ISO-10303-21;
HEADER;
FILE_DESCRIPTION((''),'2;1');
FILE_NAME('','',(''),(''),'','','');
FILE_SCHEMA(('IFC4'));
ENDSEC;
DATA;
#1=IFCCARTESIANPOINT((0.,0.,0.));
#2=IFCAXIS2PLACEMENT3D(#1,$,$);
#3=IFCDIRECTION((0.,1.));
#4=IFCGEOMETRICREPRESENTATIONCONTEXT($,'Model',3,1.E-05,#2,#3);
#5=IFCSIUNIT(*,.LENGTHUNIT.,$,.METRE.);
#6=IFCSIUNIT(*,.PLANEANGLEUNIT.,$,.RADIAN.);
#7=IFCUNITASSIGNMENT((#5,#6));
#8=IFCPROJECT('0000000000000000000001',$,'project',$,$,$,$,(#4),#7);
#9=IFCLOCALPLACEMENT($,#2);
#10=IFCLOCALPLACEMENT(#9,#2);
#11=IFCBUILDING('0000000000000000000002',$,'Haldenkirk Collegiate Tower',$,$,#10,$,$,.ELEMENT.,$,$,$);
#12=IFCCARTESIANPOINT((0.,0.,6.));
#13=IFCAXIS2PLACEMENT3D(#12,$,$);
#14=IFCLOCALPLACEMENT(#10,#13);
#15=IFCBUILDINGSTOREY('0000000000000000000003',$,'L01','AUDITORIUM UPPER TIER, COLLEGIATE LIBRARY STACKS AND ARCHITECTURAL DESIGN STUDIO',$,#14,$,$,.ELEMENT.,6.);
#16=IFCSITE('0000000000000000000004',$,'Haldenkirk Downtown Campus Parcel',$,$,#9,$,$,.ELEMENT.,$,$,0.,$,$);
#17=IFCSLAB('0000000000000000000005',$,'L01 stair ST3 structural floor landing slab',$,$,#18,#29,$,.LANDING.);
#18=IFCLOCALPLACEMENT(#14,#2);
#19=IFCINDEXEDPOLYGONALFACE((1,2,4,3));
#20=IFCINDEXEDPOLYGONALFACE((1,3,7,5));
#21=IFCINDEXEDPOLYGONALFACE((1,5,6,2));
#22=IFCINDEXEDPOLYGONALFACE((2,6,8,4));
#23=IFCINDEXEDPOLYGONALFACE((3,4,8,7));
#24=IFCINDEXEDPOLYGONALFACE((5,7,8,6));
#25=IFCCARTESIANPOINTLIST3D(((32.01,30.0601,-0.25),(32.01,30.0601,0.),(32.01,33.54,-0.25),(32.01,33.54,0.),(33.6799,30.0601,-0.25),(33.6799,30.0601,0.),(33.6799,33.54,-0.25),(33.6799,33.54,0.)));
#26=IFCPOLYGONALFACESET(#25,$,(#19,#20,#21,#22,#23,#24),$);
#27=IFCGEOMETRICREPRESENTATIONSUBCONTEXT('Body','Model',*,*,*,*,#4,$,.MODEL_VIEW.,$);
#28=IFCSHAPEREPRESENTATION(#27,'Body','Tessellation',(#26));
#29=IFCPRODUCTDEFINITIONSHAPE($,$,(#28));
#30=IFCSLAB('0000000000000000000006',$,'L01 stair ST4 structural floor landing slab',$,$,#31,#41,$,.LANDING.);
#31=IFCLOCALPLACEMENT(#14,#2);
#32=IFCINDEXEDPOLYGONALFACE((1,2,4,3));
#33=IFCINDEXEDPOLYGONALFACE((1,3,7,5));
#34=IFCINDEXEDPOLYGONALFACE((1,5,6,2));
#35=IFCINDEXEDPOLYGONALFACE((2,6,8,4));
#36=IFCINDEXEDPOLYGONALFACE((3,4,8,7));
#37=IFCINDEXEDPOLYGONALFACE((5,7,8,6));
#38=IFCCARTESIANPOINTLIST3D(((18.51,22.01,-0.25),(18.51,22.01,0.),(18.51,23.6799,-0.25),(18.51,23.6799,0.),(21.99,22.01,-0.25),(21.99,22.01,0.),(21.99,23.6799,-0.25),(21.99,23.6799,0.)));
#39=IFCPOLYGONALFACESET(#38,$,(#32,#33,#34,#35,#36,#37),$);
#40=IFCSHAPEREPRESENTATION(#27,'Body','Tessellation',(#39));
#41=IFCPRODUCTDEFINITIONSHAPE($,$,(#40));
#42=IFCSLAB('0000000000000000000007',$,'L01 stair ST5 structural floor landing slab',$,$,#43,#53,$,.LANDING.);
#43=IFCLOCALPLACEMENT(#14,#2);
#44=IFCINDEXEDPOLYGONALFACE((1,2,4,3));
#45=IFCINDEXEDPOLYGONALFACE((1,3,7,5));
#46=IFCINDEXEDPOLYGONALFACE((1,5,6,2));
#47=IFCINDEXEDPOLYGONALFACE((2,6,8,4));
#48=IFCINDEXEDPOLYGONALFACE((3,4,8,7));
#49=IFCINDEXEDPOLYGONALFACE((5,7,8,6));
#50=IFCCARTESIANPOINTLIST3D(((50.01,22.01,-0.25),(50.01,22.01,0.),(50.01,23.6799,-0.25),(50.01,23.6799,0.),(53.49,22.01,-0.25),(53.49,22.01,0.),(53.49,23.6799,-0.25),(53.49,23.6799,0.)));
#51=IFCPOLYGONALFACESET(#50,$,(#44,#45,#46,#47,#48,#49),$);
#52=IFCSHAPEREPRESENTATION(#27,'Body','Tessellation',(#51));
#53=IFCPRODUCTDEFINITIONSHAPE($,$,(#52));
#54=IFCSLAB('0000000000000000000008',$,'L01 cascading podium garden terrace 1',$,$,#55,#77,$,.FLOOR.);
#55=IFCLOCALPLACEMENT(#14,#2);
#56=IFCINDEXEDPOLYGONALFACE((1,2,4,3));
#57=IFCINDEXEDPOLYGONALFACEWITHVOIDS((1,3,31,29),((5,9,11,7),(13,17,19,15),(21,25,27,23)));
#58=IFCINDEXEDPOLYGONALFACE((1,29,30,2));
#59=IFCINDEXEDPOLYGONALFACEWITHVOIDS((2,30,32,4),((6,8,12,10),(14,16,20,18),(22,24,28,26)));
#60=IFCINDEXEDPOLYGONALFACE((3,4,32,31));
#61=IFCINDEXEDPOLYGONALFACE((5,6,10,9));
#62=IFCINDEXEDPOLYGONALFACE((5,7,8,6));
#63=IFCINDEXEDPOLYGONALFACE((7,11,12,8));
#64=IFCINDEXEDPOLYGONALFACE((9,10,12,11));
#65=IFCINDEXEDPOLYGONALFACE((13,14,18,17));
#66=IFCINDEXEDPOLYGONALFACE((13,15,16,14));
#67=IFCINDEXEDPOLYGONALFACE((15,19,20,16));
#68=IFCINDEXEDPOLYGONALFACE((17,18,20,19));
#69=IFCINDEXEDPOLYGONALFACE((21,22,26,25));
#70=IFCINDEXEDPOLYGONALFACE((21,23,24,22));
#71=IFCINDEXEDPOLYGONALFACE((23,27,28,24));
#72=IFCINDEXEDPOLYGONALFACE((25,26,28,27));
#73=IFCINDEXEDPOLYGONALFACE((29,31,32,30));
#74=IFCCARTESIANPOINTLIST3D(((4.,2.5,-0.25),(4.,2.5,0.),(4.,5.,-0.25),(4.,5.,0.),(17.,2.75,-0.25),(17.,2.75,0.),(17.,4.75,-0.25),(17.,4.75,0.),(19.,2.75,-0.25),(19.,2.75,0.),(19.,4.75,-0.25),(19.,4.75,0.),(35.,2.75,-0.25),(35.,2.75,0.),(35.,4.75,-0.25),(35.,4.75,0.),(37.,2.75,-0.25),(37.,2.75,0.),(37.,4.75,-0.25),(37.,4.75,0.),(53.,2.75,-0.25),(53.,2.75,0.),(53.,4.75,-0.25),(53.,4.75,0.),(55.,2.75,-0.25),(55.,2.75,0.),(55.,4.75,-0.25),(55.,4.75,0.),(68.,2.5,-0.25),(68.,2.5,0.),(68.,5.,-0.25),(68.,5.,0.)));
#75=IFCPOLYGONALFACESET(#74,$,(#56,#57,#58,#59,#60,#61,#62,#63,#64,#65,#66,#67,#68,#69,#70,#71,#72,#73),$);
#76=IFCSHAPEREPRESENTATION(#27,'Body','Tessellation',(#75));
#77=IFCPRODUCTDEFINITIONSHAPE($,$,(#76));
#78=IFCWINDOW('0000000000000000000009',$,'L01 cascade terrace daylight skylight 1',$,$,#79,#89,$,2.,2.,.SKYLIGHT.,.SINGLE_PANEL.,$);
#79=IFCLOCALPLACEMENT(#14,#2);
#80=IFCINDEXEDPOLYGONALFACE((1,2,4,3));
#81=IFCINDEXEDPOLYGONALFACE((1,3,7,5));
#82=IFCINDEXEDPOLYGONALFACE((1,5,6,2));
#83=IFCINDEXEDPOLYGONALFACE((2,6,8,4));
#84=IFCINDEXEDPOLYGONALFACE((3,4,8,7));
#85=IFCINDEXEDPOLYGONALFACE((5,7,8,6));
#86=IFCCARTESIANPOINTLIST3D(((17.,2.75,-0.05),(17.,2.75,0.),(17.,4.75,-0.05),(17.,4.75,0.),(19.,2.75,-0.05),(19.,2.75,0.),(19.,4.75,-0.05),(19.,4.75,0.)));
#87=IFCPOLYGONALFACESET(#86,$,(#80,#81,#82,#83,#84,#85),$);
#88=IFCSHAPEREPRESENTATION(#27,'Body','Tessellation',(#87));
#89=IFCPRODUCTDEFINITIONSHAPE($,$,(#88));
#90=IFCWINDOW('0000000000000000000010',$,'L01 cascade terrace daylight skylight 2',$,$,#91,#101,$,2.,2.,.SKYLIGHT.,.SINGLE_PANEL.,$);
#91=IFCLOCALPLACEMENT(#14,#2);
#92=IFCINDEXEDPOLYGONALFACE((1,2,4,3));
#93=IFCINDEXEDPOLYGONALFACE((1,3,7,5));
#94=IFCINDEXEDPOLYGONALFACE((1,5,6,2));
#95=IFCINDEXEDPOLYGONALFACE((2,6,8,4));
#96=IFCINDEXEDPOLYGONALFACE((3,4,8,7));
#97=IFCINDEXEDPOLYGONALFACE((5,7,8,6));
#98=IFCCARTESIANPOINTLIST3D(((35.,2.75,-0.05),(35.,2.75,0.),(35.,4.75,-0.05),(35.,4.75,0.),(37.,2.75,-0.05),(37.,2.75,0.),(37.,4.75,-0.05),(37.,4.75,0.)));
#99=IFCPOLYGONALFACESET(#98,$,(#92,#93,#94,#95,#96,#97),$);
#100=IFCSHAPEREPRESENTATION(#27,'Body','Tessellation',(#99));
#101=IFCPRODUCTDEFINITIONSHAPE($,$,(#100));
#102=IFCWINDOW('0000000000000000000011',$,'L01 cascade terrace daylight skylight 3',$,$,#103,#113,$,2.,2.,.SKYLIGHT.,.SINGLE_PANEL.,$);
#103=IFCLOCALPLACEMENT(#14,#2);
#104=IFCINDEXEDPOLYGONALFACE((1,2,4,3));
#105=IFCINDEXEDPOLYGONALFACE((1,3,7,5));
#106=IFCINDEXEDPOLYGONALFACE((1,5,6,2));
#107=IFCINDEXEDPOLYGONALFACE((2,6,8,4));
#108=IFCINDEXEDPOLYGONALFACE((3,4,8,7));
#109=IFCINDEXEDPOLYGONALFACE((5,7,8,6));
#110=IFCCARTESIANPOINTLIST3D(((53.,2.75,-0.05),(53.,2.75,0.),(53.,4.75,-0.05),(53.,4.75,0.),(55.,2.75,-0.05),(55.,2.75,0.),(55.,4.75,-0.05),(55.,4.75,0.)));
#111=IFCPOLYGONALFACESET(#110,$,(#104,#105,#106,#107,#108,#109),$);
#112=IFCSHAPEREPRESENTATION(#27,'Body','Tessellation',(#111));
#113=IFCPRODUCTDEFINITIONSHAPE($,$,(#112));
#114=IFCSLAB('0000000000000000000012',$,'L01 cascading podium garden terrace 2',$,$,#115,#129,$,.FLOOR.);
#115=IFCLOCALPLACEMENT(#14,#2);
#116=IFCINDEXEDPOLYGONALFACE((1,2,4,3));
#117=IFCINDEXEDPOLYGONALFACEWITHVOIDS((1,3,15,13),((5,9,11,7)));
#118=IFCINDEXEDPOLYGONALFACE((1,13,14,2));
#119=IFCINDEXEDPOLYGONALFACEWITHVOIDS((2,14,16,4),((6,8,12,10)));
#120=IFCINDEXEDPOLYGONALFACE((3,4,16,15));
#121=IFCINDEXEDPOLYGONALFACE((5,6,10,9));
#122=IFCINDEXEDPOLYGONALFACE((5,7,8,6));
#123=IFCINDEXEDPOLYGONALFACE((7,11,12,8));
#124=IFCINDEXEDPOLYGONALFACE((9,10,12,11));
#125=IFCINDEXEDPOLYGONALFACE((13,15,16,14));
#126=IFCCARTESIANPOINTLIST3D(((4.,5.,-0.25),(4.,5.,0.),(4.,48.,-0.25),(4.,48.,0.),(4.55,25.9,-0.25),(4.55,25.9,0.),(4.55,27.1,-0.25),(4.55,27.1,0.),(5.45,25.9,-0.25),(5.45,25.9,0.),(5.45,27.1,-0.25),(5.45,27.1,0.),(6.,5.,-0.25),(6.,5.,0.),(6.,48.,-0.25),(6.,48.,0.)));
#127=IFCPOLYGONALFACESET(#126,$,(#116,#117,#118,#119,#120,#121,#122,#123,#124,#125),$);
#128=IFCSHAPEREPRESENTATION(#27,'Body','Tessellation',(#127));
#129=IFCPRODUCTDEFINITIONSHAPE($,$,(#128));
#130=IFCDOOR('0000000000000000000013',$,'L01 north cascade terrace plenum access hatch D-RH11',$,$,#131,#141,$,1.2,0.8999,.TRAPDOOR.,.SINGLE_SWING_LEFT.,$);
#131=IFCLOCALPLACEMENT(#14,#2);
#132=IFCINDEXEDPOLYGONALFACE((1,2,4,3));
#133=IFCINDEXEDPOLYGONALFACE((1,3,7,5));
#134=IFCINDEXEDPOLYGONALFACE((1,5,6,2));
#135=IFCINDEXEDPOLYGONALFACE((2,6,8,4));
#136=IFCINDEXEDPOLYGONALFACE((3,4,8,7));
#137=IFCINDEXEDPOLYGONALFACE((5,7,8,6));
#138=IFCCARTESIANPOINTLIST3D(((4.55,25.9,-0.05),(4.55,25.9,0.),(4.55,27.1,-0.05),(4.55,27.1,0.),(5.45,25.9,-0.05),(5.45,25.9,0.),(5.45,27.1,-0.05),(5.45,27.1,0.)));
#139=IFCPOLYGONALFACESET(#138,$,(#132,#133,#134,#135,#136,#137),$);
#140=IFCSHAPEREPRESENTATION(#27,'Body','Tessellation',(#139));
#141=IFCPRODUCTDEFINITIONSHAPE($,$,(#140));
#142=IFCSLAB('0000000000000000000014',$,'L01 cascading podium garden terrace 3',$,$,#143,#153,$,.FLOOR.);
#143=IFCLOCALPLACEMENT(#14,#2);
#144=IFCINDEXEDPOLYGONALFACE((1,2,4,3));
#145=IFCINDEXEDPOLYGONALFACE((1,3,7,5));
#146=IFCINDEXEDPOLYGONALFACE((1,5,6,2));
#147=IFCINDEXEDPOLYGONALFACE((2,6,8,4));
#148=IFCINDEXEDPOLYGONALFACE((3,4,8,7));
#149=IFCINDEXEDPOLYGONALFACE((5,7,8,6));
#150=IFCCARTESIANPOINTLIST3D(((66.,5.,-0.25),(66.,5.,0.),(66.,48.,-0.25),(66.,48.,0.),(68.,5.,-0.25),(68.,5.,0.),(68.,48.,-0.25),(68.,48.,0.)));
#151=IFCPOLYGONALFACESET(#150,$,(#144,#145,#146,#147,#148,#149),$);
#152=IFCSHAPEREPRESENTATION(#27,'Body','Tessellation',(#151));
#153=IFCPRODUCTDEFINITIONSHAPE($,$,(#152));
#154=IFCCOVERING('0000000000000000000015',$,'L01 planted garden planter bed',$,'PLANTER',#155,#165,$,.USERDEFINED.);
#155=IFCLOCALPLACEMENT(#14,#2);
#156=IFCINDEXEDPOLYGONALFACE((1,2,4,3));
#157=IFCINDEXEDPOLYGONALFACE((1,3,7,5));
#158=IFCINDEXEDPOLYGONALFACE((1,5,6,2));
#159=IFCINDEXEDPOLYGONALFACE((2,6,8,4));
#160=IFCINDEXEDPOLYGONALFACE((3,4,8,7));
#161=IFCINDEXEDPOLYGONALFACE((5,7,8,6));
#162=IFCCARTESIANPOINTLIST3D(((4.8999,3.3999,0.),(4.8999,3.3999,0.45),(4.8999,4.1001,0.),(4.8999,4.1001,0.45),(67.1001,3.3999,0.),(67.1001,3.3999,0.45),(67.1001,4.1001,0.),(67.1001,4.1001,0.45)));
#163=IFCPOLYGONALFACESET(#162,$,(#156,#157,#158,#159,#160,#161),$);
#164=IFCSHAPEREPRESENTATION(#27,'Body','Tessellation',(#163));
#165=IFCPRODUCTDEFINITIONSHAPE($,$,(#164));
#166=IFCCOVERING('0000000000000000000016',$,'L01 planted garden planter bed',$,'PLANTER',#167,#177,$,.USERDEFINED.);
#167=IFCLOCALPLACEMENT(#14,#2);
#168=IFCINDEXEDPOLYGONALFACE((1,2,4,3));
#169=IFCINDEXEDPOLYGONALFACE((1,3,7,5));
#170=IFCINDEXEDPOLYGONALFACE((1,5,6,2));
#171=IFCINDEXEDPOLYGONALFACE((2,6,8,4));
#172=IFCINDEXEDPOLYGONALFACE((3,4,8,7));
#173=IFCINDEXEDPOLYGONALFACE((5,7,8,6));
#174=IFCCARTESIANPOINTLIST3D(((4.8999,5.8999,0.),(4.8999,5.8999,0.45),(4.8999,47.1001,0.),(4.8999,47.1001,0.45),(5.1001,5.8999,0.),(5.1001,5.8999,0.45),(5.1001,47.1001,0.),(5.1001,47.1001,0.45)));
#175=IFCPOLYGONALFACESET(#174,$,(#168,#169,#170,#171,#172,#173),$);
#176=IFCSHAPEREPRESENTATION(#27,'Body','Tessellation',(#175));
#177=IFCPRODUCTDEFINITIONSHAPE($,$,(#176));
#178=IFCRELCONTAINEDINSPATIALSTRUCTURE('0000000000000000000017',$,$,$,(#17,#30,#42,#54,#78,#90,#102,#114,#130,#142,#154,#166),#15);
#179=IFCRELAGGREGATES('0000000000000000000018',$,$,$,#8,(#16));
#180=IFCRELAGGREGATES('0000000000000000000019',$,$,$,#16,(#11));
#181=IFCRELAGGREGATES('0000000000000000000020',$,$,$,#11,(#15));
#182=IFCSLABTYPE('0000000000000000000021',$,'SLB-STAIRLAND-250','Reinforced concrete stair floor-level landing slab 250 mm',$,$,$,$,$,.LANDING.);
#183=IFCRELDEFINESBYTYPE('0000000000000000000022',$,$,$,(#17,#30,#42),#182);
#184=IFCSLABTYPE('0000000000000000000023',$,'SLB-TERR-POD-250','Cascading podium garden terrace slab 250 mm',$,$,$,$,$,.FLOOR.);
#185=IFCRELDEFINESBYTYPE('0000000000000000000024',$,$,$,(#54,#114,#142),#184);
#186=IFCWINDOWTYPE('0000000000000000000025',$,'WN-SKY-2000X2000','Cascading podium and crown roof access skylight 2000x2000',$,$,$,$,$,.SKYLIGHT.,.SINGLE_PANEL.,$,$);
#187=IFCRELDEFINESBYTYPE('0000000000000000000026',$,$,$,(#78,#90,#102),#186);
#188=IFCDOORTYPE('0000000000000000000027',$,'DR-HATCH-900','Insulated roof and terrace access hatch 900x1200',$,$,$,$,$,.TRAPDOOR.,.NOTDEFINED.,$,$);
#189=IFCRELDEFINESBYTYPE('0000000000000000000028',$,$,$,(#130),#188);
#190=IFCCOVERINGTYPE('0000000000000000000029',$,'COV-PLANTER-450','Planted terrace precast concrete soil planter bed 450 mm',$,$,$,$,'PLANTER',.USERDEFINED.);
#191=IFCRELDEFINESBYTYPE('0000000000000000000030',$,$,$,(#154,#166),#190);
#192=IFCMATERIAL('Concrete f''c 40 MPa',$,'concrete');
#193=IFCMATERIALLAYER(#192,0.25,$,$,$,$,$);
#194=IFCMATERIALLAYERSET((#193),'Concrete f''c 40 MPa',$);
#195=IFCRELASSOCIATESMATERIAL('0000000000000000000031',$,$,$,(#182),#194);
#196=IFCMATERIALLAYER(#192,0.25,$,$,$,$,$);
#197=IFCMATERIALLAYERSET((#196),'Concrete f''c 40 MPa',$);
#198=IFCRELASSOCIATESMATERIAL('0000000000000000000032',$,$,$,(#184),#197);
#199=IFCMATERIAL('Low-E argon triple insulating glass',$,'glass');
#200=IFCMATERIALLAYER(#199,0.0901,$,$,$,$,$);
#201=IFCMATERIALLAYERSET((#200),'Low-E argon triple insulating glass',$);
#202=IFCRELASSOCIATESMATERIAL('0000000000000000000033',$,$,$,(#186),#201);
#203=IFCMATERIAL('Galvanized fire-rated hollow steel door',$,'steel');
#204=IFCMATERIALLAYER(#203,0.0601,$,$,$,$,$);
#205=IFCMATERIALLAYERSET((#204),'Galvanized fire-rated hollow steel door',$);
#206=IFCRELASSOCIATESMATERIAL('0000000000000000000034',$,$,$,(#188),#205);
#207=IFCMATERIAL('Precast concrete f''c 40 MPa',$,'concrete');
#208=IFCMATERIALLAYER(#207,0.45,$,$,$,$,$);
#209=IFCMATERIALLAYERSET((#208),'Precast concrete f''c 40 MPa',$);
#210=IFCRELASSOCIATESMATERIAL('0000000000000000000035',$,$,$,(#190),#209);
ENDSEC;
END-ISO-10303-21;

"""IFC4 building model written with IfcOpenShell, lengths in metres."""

from ifc_helpers import new_model, si_unit, direction, frame, origin, origin_2d, place, context, subcontext, project, spatial, polyline, rectangle, outline, extrude, material, layer, layer_set, type_object, element, fill, save


model = new_model("IFC4")

# Units and contexts
model_context = context("Model", 3, precision=1e-05, world=origin(), true_north=direction((0.0, 1.0)))
body_context = subcontext(model_context, "Body", "Model", "MODEL_VIEW")
ifc_project = project(units=[si_unit("LENGTHUNIT", "METRE"), si_unit("PLANEANGLEUNIT", "RADIAN")], contexts=[model_context])

# Site, building, storey
site_placement = place(None, origin())
site = spatial("IfcSite", under=ifc_project, at=site_placement, Name="Haldenkirk Downtown Campus Parcel", CompositionType="ELEMENT", RefElevation=0.0)
building_placement = place(site_placement, origin())
building = spatial("IfcBuilding", under=site, at=building_placement, Name="Haldenkirk Collegiate Tower", CompositionType="ELEMENT")
storey_placement = place(building_placement, frame((0.0, 0.0, 6.0)))
storey = spatial("IfcBuildingStorey", under=building, at=storey_placement, Name="L01", Description="AUDITORIUM UPPER TIER, COLLEGIATE LIBRARY STACKS AND ARCHITECTURAL DESIGN STUDIO", CompositionType="ELEMENT", Elevation=6.0)

# Shared definitions
ifc_material_1 = material(Name="Concrete f'c 40 MPa", Category="concrete")

# Slabs
ifc_layer_1 = layer(ifc_material_1, 0.25)
ifc_layer_set_1 = layer_set([ifc_layer_1], Name="Concrete f'c 40 MPa")
slab_type_1 = type_object("IfcSlabType", Name="SLB-STAIRLAND-250", Description="Reinforced concrete stair floor-level landing slab 250 mm", PredefinedType="LANDING", material=ifc_layer_set_1)
slab_1_placement = place(storey_placement, frame((0.0, 0.0, -0.25)))
element("IfcSlab", 1, at=slab_1_placement, inside=storey, type_object=slab_type_1, Name="L01 stair ST3 structural floor landing slab", PredefinedType="LANDING", context=body_context, shape_type="SweptSolid", body=[
    extrude(outline(polyline([(32.01, 30.0601), (33.6799, 30.0601), (33.6799, 33.54), (32.01, 33.54), (32.01, 30.0601)])), origin(), (0.0, 0.0, 1.0), 0.25),
])
slab_2_placement = place(storey_placement, frame((0.0, 0.0, -0.25)))
element("IfcSlab", 2, at=slab_2_placement, inside=storey, type_object=slab_type_1, Name="L01 stair ST4 structural floor landing slab", PredefinedType="LANDING", context=body_context, shape_type="SweptSolid", body=[
    extrude(outline(polyline([(18.51, 22.01), (21.99, 22.01), (21.99, 23.6799), (18.51, 23.6799), (18.51, 22.01)])), origin(), (0.0, 0.0, 1.0), 0.25),
])
slab_3_placement = place(storey_placement, frame((0.0, 0.0, -0.25)))
element("IfcSlab", 3, at=slab_3_placement, inside=storey, type_object=slab_type_1, Name="L01 stair ST5 structural floor landing slab", PredefinedType="LANDING", context=body_context, shape_type="SweptSolid", body=[
    extrude(outline(polyline([(50.01, 22.01), (53.49, 22.01), (53.49, 23.6799), (50.01, 23.6799), (50.01, 22.01)])), origin(), (0.0, 0.0, 1.0), 0.25),
])

# Slab, openings, windows
ifc_layer_2 = layer(ifc_material_1, 0.25)
ifc_layer_set_2 = layer_set([ifc_layer_2], Name="Concrete f'c 40 MPa")
slab_type_2 = type_object("IfcSlabType", Name="SLB-TERR-POD-250", Description="Cascading podium garden terrace slab 250 mm", PredefinedType="FLOOR", material=ifc_layer_set_2)
slab_4_placement = place(storey_placement, frame((0.0, 0.0, -0.25)))
slab_4 = element("IfcSlab", 4, at=slab_4_placement, inside=storey, type_object=slab_type_2, Name="L01 cascading podium garden terrace 1", PredefinedType="FLOOR", context=body_context, shape_type="SweptSolid", body=[
    extrude(outline(polyline([(4.0, 2.5), (68.0, 2.5), (68.0, 5.0), (4.0, 5.0), (4.0, 2.5)])), origin(), (0.0, 0.0, 1.0), 0.25),
])
opening_1_placement = place(slab_4_placement, frame((18.0, 3.75, -0.01)))
opening_1 = element("IfcOpeningElement", 5, at=opening_1_placement, cuts=slab_4, PredefinedType="OPENING", context=body_context, shape_type="SweptSolid", body=[
    extrude(rectangle(XDim=2.0, YDim=2.0, at=origin_2d()), origin(), (0.0, 0.0, 1.0), 0.27),
])
opening_2_placement = place(slab_4_placement, frame((36.0, 3.75, -0.01)))
opening_2 = element("IfcOpeningElement", 6, at=opening_2_placement, cuts=slab_4, PredefinedType="OPENING", context=body_context, shape_type="SweptSolid", body=[
    extrude(rectangle(XDim=2.0, YDim=2.0, at=origin_2d()), origin(), (0.0, 0.0, 1.0), 0.27),
])
opening_3_placement = place(slab_4_placement, frame((54.0, 3.75, -0.01)))
opening_3 = element("IfcOpeningElement", 7, at=opening_3_placement, cuts=slab_4, PredefinedType="OPENING", context=body_context, shape_type="SweptSolid", body=[
    extrude(rectangle(XDim=2.0, YDim=2.0, at=origin_2d()), origin(), (0.0, 0.0, 1.0), 0.27),
])
ifc_material_2 = material(Name="Low-E argon triple insulating glass", Category="glass")
ifc_layer_3 = layer(ifc_material_2, 0.0901)
ifc_layer_set_3 = layer_set([ifc_layer_3], Name="Low-E argon triple insulating glass")
window_type = type_object("IfcWindowType", Name="WN-SKY-2000X2000", Description="Cascading podium and crown roof access skylight 2000x2000", PartitioningType="SINGLE_PANEL", PredefinedType="SKYLIGHT", material=ifc_layer_set_3)
window_1_placement = place(slab_4_placement, frame((18.0, 3.75, 0.2)))
window_1 = element("IfcWindow", 8, at=window_1_placement, inside=storey, type_object=window_type, Name="L01 cascade terrace daylight skylight 1", OverallHeight=2.0, OverallWidth=2.0, PartitioningType="SINGLE_PANEL", PredefinedType="SKYLIGHT", context=body_context, shape_type="SweptSolid", body=[
    extrude(rectangle(XDim=2.0, YDim=2.0, at=origin_2d()), origin(), (0.0, 0.0, 1.0), 0.05),
])
fill(opening_1, window_1)
window_2_placement = place(slab_4_placement, frame((36.0, 3.75, 0.2)))
window_2 = element("IfcWindow", 9, at=window_2_placement, inside=storey, type_object=window_type, Name="L01 cascade terrace daylight skylight 2", OverallHeight=2.0, OverallWidth=2.0, PartitioningType="SINGLE_PANEL", PredefinedType="SKYLIGHT", context=body_context, shape_type="SweptSolid", body=[
    extrude(rectangle(XDim=2.0, YDim=2.0, at=origin_2d()), origin(), (0.0, 0.0, 1.0), 0.05),
])
fill(opening_2, window_2)
window_3_placement = place(slab_4_placement, frame((54.0, 3.75, 0.2)))
window_3 = element("IfcWindow", 10, at=window_3_placement, inside=storey, type_object=window_type, Name="L01 cascade terrace daylight skylight 3", OverallHeight=2.0, OverallWidth=2.0, PartitioningType="SINGLE_PANEL", PredefinedType="SKYLIGHT", context=body_context, shape_type="SweptSolid", body=[
    extrude(rectangle(XDim=2.0, YDim=2.0, at=origin_2d()), origin(), (0.0, 0.0, 1.0), 0.05),
])
fill(opening_3, window_3)

# Slab, opening, door
slab_5_placement = place(storey_placement, frame((0.0, 0.0, -0.25)))
slab_5 = element("IfcSlab", 11, at=slab_5_placement, inside=storey, type_object=slab_type_2, Name="L01 cascading podium garden terrace 2", PredefinedType="FLOOR", context=body_context, shape_type="SweptSolid", body=[
    extrude(outline(polyline([(4.0, 5.0), (6.0, 5.0), (6.0, 48.0), (4.0, 48.0), (4.0, 5.0)])), origin(), (0.0, 0.0, 1.0), 0.25),
])
opening_4_placement = place(slab_5_placement, frame((5.0, 26.5, -0.01)))
opening_4 = element("IfcOpeningElement", 12, at=opening_4_placement, cuts=slab_5, PredefinedType="OPENING", context=body_context, shape_type="SweptSolid", body=[
    extrude(rectangle(XDim=0.8999, YDim=1.2, at=origin_2d()), origin(), (0.0, 0.0, 1.0), 0.27),
])
ifc_material_3 = material(Name="Galvanized fire-rated hollow steel door", Category="steel")
ifc_layer_4 = layer(ifc_material_3, 0.0601)
ifc_layer_set_4 = layer_set([ifc_layer_4], Name="Galvanized fire-rated hollow steel door")
door_type = type_object("IfcDoorType", Name="DR-HATCH-900", Description="Insulated roof and terrace access hatch 900x1200", OperationType="NOTDEFINED", PredefinedType="TRAPDOOR", material=ifc_layer_set_4)
door_placement = place(slab_5_placement, frame((5.0, 26.5, 0.2)))
door = element("IfcDoor", 13, at=door_placement, inside=storey, type_object=door_type, Name="L01 north cascade terrace plenum access hatch D-RH11", OperationType="SINGLE_SWING_LEFT", OverallHeight=1.2, OverallWidth=0.8999, PredefinedType="TRAPDOOR", context=body_context, shape_type="SweptSolid", body=[
    extrude(rectangle(XDim=0.8999, YDim=1.2, at=origin_2d()), origin(), (0.0, 0.0, 1.0), 0.05),
])
fill(opening_4, door)

# Slab
slab_6_placement = place(storey_placement, frame((0.0, 0.0, -0.25)))
element("IfcSlab", 14, at=slab_6_placement, inside=storey, type_object=slab_type_2, Name="L01 cascading podium garden terrace 3", PredefinedType="FLOOR", context=body_context, shape_type="SweptSolid", body=[
    extrude(outline(polyline([(66.0, 5.0), (68.0, 5.0), (68.0, 48.0), (66.0, 48.0), (66.0, 5.0)])), origin(), (0.0, 0.0, 1.0), 0.25),
])

# Coverings
ifc_material_4 = material(Name="Precast concrete f'c 40 MPa", Category="concrete")
ifc_layer_5 = layer(ifc_material_4, 0.45)
ifc_layer_set_5 = layer_set([ifc_layer_5], Name="Precast concrete f'c 40 MPa")
covering_type = type_object("IfcCoveringType", Name="COV-PLANTER-450", Description="Planted terrace precast concrete soil planter bed 450 mm", ElementType="PLANTER", PredefinedType="USERDEFINED", material=ifc_layer_set_5)
covering_1_placement = place(storey_placement, origin())
element("IfcCovering", 15, at=covering_1_placement, inside=storey, type_object=covering_type, Name="L01 planted garden planter bed", ObjectType="PLANTER", PredefinedType="USERDEFINED", context=body_context, shape_type="SweptSolid", body=[
    extrude(outline(polyline([(4.8999, 3.3999), (4.8999, 4.1001), (67.1001, 4.1001), (67.1001, 3.3999), (4.8999, 3.3999)])), origin(), (0.0, 0.0, 1.0), 0.45),
])
covering_2_placement = place(storey_placement, origin())
element("IfcCovering", 16, at=covering_2_placement, inside=storey, type_object=covering_type, Name="L01 planted garden planter bed", ObjectType="PLANTER", PredefinedType="USERDEFINED", context=body_context, shape_type="SweptSolid", body=[
    extrude(outline(polyline([(4.8999, 5.8999), (4.8999, 47.1001), (5.1001, 47.1001), (5.1001, 5.8999), (4.8999, 5.8999)])), origin(), (0.0, 0.0, 1.0), 0.45),
])

save(model, "model.ifc")
